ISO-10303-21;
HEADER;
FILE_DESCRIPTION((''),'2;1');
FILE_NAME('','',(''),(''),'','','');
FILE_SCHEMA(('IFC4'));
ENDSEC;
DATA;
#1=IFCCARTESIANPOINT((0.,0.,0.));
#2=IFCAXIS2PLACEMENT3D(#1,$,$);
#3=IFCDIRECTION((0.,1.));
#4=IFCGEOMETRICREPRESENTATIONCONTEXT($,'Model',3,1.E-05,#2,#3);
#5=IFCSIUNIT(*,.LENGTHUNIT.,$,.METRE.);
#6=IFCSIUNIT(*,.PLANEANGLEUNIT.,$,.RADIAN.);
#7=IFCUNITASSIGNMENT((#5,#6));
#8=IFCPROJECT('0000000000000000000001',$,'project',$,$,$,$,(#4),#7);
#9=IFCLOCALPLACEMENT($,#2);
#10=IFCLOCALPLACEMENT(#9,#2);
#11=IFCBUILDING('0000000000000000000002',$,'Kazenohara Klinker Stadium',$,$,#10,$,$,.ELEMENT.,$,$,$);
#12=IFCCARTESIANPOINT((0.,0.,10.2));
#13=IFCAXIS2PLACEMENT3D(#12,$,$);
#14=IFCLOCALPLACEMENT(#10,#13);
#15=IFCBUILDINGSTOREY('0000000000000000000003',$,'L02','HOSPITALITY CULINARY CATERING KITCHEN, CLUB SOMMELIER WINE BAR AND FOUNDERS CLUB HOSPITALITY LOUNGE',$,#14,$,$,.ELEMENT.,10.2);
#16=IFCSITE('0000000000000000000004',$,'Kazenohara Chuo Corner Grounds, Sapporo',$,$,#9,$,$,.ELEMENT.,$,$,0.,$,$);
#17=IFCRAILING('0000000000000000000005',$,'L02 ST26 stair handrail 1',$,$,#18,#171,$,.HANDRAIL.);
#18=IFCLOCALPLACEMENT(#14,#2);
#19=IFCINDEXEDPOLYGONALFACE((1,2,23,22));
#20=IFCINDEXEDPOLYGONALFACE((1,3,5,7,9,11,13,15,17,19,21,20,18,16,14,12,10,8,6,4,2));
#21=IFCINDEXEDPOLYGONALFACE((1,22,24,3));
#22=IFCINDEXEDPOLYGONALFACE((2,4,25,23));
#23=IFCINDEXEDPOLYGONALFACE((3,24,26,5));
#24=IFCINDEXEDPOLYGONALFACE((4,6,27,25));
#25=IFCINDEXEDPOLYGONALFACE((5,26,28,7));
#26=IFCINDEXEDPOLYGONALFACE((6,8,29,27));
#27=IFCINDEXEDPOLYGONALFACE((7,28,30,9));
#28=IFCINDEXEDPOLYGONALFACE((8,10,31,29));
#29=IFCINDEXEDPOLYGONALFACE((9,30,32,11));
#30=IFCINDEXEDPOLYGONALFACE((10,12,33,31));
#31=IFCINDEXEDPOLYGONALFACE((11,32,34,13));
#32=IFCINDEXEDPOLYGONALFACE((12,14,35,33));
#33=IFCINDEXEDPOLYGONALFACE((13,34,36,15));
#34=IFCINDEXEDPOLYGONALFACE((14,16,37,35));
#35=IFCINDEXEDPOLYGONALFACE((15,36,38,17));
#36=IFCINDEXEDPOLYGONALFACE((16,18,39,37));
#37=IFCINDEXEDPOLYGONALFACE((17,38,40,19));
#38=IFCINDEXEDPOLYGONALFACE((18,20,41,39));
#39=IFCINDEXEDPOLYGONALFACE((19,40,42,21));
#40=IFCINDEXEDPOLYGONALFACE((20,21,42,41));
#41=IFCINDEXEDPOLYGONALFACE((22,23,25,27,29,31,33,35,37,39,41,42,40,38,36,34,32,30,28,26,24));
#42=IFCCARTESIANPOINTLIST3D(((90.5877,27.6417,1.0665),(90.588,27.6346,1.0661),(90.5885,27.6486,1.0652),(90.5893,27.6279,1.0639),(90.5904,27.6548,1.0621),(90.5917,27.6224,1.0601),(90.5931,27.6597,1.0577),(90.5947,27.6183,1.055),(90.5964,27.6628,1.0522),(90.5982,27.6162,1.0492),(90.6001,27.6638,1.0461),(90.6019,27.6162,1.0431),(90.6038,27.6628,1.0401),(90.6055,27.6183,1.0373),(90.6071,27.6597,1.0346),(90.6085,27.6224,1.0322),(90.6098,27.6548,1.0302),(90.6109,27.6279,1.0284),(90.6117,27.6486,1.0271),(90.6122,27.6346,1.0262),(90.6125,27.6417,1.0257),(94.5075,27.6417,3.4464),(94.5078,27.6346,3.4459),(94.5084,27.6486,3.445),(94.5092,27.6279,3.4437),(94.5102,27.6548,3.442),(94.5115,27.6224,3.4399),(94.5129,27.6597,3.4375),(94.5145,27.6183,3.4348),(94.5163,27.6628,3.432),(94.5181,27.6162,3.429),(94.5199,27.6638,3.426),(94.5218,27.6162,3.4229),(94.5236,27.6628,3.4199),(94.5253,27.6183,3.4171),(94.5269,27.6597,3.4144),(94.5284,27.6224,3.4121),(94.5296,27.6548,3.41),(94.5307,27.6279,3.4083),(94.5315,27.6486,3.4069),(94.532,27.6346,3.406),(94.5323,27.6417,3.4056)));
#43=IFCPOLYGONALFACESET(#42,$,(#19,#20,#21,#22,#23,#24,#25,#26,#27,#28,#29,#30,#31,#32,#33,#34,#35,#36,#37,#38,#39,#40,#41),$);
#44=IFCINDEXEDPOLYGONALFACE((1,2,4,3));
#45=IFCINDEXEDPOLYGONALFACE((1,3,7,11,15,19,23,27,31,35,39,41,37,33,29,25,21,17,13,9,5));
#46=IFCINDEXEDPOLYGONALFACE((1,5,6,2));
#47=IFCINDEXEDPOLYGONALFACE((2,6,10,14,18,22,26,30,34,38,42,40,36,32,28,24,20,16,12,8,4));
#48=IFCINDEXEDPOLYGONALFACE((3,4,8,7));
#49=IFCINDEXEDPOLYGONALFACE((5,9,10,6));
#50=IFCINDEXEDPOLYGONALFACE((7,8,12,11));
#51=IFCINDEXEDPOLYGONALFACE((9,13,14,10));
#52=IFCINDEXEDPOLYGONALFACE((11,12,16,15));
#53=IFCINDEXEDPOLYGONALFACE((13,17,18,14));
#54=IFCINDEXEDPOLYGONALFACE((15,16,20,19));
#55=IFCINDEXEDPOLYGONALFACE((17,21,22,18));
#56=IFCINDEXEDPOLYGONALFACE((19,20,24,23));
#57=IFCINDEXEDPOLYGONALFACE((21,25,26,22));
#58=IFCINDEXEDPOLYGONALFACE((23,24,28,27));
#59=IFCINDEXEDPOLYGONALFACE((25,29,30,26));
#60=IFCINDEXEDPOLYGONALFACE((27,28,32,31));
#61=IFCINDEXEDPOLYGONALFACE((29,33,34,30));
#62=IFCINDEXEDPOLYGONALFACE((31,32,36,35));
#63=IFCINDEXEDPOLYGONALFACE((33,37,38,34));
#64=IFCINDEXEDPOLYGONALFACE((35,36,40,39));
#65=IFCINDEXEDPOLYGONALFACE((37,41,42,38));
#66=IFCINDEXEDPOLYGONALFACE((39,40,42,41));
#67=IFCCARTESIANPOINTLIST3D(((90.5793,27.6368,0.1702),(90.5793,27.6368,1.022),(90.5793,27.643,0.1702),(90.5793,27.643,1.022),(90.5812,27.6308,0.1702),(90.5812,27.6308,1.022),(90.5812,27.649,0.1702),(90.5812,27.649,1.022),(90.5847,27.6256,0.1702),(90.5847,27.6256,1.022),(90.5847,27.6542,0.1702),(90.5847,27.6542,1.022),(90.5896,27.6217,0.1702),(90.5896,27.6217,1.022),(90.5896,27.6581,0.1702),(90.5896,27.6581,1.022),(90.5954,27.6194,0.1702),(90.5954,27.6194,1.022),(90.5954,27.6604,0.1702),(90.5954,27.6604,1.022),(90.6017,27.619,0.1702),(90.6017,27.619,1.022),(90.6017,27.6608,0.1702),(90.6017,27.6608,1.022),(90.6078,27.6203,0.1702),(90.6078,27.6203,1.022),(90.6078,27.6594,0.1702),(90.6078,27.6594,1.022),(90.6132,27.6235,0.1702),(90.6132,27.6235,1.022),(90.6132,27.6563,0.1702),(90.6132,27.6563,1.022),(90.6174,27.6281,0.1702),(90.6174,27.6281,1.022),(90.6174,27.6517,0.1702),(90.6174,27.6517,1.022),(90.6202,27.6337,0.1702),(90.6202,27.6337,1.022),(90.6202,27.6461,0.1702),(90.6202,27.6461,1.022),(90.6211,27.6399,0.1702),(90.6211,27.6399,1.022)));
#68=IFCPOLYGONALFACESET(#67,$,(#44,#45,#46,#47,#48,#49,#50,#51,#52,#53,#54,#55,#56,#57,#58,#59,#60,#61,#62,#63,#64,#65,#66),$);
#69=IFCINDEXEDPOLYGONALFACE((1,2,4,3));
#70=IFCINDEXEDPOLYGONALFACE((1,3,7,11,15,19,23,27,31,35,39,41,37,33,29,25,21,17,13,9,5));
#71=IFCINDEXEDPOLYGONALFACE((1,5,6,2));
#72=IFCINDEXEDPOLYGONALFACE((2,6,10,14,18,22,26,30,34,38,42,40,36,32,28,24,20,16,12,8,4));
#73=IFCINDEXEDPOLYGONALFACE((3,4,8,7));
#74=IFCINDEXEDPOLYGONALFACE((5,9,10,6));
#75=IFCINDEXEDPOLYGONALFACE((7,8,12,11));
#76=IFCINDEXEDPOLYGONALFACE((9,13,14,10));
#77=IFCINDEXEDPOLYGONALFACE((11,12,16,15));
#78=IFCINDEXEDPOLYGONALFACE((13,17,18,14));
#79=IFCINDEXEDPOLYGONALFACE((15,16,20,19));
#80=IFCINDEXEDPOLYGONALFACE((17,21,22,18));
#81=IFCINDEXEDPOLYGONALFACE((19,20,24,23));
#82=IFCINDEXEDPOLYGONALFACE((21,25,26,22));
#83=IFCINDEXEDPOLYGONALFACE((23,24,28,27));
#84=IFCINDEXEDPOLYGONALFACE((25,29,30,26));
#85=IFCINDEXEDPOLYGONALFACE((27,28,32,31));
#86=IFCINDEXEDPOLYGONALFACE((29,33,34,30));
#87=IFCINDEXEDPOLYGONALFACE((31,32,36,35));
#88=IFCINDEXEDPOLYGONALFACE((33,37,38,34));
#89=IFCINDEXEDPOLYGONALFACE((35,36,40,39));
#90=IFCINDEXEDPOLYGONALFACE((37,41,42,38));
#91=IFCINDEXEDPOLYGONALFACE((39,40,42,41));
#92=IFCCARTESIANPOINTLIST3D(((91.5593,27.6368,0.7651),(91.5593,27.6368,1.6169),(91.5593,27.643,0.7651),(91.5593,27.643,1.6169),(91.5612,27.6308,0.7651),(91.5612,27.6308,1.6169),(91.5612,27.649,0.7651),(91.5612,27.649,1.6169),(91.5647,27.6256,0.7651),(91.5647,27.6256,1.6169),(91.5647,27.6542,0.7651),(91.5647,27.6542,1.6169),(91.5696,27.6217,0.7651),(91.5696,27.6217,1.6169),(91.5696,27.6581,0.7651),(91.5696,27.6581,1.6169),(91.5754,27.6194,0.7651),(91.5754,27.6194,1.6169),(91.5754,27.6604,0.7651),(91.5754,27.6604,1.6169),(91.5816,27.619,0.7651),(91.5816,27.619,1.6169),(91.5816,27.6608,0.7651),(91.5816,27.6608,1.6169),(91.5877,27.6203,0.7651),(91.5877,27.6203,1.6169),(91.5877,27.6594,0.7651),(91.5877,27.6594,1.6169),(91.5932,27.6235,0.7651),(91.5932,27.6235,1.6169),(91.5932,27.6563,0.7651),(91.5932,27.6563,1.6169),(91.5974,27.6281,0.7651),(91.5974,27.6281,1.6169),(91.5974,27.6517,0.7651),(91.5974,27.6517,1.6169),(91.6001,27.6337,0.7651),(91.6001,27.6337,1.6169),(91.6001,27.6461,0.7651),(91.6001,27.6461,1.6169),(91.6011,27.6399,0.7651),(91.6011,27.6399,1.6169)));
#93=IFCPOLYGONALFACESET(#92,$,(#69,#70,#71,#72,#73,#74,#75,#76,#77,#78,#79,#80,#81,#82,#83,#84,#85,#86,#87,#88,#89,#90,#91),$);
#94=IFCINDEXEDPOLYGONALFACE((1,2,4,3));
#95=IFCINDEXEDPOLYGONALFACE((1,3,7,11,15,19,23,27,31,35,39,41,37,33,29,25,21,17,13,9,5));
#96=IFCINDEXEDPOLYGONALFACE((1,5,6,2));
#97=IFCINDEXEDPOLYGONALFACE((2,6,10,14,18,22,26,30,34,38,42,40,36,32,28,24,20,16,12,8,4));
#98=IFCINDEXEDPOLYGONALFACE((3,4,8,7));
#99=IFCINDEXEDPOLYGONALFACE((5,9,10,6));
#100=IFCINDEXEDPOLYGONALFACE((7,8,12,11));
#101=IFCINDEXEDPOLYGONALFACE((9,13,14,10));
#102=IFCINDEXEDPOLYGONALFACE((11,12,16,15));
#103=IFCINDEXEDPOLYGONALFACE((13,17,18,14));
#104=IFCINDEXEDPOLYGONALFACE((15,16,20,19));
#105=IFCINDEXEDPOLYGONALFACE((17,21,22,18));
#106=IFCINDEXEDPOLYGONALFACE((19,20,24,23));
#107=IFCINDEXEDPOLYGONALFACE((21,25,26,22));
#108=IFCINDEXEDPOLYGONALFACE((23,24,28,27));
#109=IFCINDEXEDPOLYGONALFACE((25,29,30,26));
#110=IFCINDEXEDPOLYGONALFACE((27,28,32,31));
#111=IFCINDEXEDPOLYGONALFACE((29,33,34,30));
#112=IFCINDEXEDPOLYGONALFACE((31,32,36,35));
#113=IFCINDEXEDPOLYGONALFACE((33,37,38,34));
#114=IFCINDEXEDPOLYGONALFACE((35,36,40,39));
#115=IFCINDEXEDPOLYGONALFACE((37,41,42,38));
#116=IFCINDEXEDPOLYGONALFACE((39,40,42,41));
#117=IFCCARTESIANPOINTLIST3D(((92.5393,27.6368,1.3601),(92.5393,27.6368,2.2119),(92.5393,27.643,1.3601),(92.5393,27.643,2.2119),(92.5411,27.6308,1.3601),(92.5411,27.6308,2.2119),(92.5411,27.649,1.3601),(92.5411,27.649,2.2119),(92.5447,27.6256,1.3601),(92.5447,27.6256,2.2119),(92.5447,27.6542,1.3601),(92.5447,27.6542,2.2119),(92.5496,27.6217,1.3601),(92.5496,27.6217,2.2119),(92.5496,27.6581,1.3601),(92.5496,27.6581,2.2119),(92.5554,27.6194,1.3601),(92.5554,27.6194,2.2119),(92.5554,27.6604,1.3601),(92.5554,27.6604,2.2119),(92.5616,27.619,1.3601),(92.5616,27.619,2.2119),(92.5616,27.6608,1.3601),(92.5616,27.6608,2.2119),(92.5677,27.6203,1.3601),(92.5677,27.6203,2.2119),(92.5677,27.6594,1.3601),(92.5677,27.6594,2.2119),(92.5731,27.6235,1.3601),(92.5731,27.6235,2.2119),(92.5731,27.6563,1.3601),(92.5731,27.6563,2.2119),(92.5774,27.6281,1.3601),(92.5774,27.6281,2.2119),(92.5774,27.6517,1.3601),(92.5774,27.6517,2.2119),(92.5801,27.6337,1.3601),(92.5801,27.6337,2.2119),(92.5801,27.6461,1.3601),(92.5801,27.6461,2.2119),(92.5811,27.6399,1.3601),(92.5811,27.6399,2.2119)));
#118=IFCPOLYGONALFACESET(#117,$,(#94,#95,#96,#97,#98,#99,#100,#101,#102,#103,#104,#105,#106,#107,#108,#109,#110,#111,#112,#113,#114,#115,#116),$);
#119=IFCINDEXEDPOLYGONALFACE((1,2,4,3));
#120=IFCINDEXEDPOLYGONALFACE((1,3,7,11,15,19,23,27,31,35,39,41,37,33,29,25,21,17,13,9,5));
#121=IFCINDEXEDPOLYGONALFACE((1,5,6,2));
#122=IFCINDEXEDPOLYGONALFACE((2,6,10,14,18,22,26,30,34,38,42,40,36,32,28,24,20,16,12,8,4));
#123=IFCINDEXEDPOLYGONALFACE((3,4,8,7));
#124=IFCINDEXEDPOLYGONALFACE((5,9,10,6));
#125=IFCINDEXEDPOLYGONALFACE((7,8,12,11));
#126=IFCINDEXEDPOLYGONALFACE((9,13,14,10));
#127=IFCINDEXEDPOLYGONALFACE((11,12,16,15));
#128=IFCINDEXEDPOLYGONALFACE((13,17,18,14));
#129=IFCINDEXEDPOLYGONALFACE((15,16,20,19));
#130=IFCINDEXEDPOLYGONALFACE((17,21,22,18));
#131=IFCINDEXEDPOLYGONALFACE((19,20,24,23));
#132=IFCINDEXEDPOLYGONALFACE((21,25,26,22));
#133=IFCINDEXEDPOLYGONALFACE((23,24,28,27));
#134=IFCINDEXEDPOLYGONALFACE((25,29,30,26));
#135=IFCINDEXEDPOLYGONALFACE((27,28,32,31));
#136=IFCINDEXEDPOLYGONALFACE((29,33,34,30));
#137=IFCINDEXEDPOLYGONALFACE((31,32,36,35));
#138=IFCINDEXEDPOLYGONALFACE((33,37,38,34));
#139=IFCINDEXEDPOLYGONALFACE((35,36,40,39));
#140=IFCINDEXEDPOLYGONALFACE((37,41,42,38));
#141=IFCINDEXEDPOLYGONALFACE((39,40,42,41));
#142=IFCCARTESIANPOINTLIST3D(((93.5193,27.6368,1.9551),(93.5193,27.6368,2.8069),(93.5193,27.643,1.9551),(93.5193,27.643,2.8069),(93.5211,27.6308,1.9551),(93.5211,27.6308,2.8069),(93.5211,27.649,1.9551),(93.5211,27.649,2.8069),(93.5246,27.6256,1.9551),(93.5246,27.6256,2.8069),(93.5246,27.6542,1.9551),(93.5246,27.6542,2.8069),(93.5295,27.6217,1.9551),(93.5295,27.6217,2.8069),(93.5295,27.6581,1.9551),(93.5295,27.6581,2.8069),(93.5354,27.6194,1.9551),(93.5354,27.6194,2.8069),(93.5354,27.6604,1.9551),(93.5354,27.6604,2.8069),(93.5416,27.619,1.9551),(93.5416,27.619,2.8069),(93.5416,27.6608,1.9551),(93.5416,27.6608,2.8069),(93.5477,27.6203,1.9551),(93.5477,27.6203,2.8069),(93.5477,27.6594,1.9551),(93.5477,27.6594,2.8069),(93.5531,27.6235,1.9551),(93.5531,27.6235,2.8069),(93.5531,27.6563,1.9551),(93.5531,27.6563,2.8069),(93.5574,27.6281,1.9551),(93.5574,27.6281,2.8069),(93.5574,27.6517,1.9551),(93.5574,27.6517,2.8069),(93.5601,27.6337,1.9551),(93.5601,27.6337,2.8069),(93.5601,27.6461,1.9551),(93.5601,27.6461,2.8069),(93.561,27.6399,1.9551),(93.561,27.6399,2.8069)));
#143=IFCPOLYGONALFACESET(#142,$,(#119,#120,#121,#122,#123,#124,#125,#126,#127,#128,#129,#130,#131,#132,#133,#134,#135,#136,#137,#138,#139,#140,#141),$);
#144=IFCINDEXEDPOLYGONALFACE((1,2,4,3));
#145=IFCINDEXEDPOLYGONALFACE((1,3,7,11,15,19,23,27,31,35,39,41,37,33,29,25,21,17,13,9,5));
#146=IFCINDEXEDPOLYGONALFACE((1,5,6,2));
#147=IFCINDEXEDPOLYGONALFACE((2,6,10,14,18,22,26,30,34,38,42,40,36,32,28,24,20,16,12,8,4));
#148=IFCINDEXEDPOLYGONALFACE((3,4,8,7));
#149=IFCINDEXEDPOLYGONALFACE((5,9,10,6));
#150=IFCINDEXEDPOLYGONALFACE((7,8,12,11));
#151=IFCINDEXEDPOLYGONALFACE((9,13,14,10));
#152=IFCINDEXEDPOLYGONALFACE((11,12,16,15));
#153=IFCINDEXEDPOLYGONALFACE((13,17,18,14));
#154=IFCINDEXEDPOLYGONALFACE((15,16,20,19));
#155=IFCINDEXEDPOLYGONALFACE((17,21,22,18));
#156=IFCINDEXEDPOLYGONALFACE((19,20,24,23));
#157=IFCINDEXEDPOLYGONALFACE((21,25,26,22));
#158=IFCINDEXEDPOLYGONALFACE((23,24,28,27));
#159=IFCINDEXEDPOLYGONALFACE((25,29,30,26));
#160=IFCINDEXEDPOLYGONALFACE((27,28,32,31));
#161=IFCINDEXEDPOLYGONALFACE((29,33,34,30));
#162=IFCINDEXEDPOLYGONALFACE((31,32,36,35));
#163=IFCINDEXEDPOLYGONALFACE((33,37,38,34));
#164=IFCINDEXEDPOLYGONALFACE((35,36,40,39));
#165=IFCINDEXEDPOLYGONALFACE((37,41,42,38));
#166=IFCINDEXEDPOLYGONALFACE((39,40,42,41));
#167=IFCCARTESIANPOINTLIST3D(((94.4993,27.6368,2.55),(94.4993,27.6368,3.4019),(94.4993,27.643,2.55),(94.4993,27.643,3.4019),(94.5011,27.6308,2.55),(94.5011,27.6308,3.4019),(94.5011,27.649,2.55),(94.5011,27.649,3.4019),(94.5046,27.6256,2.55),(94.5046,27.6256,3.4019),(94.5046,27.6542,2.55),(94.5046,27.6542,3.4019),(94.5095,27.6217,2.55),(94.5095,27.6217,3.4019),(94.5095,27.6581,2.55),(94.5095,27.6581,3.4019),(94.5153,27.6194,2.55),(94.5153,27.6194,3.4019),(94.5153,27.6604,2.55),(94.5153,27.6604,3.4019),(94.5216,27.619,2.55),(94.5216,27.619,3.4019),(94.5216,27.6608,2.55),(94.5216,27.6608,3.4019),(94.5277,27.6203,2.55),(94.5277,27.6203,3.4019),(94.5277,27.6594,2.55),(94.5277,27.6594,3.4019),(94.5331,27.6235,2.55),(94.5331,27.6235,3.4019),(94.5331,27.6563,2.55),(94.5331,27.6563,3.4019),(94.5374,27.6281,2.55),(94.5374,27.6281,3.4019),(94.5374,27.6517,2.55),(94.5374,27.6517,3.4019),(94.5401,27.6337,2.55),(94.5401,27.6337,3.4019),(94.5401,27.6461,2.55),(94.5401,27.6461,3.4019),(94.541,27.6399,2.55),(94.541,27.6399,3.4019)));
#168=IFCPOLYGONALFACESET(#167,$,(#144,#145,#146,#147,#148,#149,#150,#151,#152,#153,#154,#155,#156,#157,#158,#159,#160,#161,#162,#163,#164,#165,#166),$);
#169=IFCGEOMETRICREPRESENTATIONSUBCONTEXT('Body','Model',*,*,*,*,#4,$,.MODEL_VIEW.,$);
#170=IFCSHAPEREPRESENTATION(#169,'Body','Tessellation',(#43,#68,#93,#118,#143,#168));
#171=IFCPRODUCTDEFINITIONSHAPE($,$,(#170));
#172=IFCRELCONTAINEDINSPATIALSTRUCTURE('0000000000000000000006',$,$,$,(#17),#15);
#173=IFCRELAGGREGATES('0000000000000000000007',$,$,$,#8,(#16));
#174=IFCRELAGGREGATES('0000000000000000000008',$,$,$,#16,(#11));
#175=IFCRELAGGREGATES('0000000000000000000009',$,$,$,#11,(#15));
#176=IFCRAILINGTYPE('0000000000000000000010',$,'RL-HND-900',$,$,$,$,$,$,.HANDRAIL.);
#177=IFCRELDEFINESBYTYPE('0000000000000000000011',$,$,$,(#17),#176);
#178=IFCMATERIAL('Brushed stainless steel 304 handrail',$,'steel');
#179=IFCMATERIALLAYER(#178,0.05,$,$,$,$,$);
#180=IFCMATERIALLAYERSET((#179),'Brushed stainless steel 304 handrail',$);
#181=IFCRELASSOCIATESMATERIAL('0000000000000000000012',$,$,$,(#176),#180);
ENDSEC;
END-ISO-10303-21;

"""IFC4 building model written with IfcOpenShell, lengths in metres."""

from ifc_helpers import new_model, si_unit, direction, frame, origin, origin_2d, place, context, subcontext, project, spatial, circle, extrude, material, layer, layer_set, type_object, element, save


model = new_model("IFC4")

# Units and contexts
model_context = context("Model", 3, precision=1e-05, world=origin(), true_north=direction((0.0, 1.0)))
body_context = subcontext(model_context, "Body", "Model", "MODEL_VIEW")
ifc_project = project(units=[si_unit("LENGTHUNIT", "METRE"), si_unit("PLANEANGLEUNIT", "RADIAN")], contexts=[model_context])

# Site, building, storey
site_placement = place(None, origin())
site = spatial("IfcSite", under=ifc_project, at=site_placement, Name="Kazenohara Chuo Corner Grounds, Sapporo", CompositionType="ELEMENT", RefElevation=0.0)
building_placement = place(site_placement, origin())
building = spatial("IfcBuilding", under=site, at=building_placement, Name="Kazenohara Klinker Stadium", CompositionType="ELEMENT")
storey_placement = place(building_placement, frame((0.0, 0.0, 10.2)))
storey = spatial("IfcBuildingStorey", under=building, at=storey_placement, Name="L02", Description="HOSPITALITY CULINARY CATERING KITCHEN, CLUB SOMMELIER WINE BAR AND FOUNDERS CLUB HOSPITALITY LOUNGE", CompositionType="ELEMENT", Elevation=10.2)

# Railing
ifc_material_1 = material(Name="Brushed stainless steel 304 handrail", Category="steel")
ifc_layer_1 = layer(ifc_material_1, 0.05)
ifc_layer_set_1 = layer_set([ifc_layer_1], Name="Brushed stainless steel 304 handrail")
railing_type_1 = type_object("IfcRailingType", Name="RL-HND-900", PredefinedType="HANDRAIL", material=ifc_layer_set_1)
railing_1_placement = place(storey_placement, frame((90.6001, 27.6399, 0.1702)))
element("IfcRailing", 1, at=railing_1_placement, inside=storey, type_object=railing_type_1, Name="L02 ST26 stair handrail 1", PredefinedType="HANDRAIL", context=body_context, shape_type="SweptSolid", body=[
    extrude(circle(Radius=0.0239, at=origin_2d()), frame((0.0, 0.0, 0.876), z_axis=(0.854794, 0.0, 0.518967), x_axis=(0.0, 1.0, 0.0)), (0.0, 0.0, 1.0), 4.5857),
    extrude(circle(Radius=0.021, at=origin_2d()), origin(), (0.0, 0.0, 1.0), 0.8518),
    extrude(circle(Radius=0.021, at=origin_2d()), frame((0.98, 0.0, 0.595)), (0.0, 0.0, 1.0), 0.8518),
    extrude(circle(Radius=0.021, at=origin_2d()), frame((1.96, 0.0, 1.1899)), (0.0, 0.0, 1.0), 0.8518),
    extrude(circle(Radius=0.021, at=origin_2d()), frame((2.9399, 0.0, 1.7849)), (0.0, 0.0, 1.0), 0.8518),
    extrude(circle(Radius=0.021, at=origin_2d()), frame((3.9199, 0.0, 2.3799)), (0.0, 0.0, 1.0), 0.8518),
])

save(model, "model.ifc")
